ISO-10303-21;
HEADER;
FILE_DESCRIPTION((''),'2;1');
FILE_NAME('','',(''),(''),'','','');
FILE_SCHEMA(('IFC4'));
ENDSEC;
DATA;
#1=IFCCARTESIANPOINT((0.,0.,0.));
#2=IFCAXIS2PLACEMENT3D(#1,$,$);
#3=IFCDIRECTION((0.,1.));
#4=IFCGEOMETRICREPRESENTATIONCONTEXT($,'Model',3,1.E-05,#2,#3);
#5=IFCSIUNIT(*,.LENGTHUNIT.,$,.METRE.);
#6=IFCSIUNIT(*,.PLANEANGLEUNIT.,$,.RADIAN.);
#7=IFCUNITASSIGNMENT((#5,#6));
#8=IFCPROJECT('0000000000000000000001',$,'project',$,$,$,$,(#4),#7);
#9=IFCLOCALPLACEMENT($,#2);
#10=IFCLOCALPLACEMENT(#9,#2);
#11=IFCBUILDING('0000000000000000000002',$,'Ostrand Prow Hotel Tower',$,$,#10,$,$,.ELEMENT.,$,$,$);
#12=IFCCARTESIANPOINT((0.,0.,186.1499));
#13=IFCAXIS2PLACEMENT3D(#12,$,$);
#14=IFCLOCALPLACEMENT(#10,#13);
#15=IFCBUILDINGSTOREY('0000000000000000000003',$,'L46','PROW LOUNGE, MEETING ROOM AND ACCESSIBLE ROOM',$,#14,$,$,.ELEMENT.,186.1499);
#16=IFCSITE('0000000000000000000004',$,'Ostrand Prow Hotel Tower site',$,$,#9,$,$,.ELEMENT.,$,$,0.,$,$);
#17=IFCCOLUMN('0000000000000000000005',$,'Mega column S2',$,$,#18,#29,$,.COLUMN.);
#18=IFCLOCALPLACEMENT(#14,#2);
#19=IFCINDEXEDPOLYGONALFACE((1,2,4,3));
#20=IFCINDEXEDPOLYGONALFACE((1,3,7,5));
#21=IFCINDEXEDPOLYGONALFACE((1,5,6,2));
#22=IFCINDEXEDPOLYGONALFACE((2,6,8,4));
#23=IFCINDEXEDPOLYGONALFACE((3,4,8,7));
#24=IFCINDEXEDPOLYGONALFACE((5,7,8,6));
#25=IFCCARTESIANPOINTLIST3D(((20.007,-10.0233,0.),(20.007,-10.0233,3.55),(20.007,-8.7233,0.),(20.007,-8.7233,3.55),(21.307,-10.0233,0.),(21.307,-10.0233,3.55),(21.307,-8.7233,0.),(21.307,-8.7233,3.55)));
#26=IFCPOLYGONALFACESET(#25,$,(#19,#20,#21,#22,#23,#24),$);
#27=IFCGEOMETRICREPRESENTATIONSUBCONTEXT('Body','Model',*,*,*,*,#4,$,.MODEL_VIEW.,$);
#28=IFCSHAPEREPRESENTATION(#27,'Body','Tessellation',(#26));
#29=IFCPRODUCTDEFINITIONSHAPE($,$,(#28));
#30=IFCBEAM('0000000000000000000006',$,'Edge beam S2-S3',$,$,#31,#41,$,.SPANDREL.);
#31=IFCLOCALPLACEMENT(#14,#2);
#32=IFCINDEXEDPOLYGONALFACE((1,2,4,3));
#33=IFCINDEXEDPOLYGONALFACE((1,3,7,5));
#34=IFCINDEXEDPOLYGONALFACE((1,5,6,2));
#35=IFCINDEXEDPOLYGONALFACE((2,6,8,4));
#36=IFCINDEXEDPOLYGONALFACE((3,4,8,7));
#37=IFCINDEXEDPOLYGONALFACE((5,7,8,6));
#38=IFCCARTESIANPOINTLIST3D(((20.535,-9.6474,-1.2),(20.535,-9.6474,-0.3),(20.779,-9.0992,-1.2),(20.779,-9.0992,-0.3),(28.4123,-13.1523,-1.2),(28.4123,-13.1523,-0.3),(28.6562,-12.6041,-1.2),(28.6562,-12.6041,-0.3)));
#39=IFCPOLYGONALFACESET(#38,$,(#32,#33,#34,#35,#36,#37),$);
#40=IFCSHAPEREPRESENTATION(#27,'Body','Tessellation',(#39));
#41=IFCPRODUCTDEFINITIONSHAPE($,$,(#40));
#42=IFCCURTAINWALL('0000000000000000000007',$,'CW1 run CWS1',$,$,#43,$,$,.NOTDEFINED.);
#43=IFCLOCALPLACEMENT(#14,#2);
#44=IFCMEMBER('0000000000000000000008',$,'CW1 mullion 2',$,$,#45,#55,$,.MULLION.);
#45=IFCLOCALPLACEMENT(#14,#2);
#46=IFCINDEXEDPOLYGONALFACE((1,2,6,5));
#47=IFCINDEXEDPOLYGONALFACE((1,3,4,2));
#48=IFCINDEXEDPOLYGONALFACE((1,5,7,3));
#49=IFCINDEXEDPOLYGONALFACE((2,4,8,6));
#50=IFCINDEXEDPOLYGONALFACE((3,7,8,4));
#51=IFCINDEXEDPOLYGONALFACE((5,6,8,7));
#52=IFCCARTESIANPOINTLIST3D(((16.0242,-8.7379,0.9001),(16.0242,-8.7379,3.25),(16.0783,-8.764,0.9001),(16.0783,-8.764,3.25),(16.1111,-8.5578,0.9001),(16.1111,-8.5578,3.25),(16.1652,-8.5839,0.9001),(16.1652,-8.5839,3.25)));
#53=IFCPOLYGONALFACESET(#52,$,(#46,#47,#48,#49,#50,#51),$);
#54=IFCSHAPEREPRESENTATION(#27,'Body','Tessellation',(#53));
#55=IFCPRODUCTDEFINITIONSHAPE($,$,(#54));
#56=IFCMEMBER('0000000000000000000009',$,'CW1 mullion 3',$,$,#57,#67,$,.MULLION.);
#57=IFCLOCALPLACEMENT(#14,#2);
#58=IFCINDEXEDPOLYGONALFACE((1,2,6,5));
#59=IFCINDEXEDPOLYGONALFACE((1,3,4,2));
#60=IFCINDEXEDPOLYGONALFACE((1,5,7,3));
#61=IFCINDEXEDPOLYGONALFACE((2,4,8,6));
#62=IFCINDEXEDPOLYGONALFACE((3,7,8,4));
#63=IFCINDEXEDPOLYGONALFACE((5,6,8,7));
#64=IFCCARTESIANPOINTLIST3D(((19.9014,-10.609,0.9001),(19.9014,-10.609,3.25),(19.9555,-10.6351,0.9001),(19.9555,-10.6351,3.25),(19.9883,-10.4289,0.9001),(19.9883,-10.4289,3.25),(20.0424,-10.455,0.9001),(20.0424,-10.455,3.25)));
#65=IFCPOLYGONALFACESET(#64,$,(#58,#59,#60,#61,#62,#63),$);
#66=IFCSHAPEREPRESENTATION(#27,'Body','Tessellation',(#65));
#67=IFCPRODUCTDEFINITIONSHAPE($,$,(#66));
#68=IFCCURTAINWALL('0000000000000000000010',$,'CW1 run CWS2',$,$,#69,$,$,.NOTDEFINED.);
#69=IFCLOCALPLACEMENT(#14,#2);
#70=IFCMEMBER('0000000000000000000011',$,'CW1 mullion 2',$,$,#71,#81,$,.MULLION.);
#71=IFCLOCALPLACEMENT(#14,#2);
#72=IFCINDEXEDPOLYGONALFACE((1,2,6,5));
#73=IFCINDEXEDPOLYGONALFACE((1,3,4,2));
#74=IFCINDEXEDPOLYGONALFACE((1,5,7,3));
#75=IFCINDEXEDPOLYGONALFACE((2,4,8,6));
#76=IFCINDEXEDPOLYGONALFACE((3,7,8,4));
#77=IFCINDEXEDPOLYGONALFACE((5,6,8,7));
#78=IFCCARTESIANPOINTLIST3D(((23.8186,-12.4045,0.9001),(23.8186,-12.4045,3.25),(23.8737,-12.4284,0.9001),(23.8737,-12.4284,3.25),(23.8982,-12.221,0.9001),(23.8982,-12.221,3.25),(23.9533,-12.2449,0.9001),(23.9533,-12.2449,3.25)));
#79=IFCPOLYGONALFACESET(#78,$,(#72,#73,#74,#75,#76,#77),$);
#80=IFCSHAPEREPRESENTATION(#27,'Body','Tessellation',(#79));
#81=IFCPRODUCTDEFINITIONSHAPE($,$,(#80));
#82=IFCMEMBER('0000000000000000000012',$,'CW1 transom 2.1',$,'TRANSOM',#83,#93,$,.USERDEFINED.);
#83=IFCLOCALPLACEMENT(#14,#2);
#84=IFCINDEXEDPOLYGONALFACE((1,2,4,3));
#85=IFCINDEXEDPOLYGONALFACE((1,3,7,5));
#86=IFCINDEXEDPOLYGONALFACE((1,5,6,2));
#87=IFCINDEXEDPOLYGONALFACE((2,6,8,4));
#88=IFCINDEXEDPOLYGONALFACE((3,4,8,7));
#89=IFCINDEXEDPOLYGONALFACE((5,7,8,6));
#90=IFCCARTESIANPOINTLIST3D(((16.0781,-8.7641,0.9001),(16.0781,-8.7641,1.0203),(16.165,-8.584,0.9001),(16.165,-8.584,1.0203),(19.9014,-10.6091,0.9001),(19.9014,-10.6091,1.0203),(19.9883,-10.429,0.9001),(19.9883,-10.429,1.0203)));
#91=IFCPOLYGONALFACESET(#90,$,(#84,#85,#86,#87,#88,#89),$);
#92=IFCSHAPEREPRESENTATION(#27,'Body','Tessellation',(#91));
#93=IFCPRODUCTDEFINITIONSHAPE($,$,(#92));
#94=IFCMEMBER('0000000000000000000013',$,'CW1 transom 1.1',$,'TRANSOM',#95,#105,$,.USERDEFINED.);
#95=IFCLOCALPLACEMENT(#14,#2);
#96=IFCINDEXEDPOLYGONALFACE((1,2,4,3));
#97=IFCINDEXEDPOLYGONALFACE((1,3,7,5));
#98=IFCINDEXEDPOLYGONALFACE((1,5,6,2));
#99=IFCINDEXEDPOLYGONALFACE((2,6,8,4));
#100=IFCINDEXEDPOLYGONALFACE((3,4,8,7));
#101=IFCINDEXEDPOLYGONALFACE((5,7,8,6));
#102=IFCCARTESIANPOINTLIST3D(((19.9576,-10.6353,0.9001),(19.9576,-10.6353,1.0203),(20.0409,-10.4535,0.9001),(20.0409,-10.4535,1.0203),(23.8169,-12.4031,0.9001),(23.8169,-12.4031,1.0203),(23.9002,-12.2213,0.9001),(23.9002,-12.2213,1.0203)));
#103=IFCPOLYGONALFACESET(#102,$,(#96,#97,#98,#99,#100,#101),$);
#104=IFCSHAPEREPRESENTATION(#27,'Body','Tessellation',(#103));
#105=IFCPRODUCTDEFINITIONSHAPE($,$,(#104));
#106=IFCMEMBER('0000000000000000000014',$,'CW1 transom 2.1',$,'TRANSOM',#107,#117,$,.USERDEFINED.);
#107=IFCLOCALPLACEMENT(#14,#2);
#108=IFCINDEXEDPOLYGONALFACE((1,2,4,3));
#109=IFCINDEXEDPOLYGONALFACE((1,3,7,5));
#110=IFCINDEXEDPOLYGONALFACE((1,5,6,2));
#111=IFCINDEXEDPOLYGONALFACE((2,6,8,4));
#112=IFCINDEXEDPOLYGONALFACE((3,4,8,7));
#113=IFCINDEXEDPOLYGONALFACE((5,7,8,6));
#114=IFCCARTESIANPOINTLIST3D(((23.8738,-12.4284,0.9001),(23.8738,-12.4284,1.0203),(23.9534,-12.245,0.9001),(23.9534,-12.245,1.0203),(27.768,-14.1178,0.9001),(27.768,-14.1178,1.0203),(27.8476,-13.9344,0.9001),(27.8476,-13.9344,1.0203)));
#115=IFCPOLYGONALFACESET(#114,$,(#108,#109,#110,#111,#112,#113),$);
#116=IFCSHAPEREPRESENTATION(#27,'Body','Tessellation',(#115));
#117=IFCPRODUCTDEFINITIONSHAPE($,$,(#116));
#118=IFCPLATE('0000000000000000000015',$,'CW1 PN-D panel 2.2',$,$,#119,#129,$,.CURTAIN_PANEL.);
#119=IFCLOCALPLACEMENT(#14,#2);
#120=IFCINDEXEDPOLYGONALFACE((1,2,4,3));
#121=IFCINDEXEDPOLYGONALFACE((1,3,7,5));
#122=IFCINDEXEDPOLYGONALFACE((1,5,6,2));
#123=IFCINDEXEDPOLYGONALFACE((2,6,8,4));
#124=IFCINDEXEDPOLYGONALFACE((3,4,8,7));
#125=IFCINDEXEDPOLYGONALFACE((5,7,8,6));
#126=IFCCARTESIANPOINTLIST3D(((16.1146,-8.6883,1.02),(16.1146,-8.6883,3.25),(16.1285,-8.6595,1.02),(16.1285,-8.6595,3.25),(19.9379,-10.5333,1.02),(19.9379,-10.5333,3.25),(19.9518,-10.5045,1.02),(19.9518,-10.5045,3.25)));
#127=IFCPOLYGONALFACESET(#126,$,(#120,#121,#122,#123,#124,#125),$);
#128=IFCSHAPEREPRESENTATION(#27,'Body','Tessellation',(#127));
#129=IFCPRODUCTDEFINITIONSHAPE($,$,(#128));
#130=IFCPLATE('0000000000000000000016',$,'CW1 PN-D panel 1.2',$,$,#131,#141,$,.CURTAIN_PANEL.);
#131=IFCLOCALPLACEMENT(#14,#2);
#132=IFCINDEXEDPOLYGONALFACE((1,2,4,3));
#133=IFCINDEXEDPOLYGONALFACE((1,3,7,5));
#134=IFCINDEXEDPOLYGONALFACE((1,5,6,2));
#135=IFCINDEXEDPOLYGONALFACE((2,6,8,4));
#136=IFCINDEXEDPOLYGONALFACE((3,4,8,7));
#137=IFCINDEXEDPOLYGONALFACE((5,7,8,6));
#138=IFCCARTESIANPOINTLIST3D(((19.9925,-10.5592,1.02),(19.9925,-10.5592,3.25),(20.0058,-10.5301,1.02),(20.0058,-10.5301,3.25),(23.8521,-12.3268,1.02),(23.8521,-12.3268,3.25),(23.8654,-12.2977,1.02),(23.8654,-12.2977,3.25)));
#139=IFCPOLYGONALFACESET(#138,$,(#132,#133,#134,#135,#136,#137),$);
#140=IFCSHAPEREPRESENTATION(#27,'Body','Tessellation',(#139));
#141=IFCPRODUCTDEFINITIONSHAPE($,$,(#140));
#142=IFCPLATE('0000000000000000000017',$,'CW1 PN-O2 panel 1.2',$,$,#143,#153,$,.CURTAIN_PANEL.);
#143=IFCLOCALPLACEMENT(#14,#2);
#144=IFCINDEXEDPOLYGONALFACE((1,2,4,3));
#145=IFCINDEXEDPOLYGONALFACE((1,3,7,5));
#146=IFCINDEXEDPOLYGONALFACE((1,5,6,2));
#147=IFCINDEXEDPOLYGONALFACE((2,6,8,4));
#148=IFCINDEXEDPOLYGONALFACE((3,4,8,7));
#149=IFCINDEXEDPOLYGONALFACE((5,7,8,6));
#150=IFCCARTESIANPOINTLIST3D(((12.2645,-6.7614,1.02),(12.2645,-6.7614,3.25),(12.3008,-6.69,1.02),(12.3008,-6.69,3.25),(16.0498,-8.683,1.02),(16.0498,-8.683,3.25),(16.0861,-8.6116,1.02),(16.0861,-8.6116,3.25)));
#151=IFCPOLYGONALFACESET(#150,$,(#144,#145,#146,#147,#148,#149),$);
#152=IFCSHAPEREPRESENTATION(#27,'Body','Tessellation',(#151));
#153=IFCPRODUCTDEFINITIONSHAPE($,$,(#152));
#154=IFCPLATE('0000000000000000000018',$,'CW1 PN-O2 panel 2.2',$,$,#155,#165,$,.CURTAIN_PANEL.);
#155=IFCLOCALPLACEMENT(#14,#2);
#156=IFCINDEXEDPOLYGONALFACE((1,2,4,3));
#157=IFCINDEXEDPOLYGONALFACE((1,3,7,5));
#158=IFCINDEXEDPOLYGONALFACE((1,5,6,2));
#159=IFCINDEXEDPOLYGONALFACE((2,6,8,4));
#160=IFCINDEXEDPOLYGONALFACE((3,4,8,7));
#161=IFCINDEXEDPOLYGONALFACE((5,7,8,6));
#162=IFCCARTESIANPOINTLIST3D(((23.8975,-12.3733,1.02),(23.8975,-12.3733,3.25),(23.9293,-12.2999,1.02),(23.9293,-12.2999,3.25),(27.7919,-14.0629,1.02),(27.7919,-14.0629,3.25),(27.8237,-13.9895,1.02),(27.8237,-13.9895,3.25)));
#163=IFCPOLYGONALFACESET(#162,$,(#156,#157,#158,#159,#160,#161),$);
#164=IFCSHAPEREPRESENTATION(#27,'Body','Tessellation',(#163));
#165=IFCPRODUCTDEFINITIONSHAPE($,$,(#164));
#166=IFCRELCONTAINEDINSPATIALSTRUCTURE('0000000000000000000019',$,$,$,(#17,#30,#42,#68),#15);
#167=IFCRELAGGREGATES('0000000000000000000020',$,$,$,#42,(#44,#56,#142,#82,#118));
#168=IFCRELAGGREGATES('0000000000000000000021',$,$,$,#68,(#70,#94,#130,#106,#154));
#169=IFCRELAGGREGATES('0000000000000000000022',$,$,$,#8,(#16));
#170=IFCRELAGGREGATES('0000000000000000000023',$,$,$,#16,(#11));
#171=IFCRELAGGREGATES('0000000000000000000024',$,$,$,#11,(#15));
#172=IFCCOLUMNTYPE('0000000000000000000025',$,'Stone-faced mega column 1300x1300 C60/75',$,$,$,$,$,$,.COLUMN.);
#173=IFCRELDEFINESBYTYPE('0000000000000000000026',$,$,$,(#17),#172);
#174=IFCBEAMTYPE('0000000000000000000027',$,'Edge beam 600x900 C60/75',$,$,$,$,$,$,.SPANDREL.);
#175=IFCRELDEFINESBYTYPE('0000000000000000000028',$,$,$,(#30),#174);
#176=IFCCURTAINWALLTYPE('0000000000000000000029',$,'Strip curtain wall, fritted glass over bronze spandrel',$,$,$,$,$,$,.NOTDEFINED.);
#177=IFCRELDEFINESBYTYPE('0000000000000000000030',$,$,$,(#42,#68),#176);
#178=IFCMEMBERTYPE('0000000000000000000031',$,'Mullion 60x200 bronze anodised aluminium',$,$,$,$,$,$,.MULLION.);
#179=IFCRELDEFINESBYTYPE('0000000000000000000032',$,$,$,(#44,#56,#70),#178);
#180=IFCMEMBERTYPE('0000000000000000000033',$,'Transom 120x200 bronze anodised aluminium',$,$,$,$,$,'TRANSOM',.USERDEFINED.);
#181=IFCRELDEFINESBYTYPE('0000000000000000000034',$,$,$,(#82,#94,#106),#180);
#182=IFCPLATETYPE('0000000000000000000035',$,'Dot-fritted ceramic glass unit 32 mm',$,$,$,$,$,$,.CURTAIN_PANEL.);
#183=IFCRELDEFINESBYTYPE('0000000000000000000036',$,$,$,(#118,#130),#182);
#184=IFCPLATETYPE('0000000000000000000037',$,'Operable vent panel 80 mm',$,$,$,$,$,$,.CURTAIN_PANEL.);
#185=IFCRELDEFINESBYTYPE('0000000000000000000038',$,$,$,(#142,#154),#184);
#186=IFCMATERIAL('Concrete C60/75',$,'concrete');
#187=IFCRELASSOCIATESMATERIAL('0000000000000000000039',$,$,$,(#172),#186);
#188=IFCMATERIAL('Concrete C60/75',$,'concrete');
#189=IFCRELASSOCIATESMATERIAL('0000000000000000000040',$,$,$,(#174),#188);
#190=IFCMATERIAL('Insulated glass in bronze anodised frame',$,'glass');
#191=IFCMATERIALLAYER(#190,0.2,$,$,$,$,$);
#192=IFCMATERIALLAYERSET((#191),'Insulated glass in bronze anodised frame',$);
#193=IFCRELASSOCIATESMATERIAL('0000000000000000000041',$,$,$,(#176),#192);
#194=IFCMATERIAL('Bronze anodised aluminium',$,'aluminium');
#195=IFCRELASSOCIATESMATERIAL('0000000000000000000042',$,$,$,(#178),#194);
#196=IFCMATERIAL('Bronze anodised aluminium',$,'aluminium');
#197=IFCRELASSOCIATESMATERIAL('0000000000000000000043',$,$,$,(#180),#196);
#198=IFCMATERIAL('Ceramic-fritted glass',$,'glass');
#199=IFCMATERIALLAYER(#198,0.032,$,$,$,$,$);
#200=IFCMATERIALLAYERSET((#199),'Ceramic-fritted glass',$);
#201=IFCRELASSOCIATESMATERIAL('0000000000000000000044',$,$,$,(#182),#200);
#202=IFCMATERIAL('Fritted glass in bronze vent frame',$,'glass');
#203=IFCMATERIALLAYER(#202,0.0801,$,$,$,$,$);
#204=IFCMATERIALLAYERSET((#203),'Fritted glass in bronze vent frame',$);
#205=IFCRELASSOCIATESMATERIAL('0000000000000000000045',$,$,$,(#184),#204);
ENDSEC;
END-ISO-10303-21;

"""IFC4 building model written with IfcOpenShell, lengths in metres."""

from ifc_helpers import new_model, si_unit, direction, frame, origin, origin_2d, place, context, subcontext, project, spatial, rectangle, extrude, material, layer, layer_set, material_profile, profile_set, type_object, element, aggregate, save


model = new_model("IFC4")

# Units and contexts
model_context = context("Model", 3, precision=1e-05, world=origin(), true_north=direction((0.0, 1.0)))
body_context = subcontext(model_context, "Body", "Model", "MODEL_VIEW")
ifc_project = project(units=[si_unit("LENGTHUNIT", "METRE"), si_unit("PLANEANGLEUNIT", "RADIAN")], contexts=[model_context])

# Site, building, storey
site_placement = place(None, origin())
site = spatial("IfcSite", under=ifc_project, at=site_placement, Name="Ostrand Prow Hotel Tower site", CompositionType="ELEMENT", RefElevation=0.0)
building_placement = place(site_placement, origin())
building = spatial("IfcBuilding", under=site, at=building_placement, Name="Ostrand Prow Hotel Tower", CompositionType="ELEMENT")
storey_placement = place(building_placement, frame((0.0, 0.0, 186.1499)))
storey = spatial("IfcBuildingStorey", under=building, at=storey_placement, Name="L46", Description="PROW LOUNGE, MEETING ROOM AND ACCESSIBLE ROOM", CompositionType="ELEMENT", Elevation=186.1499)

# Column
ifc_material_1 = material(Name="Concrete C60/75", Category="concrete")
ifc_material_profile_1 = material_profile(ifc_material_1, rectangle(XDim=1.3, YDim=1.3, at=origin_2d()), Name="RC 1300x1300")
ifc_profile_set_1 = profile_set([ifc_material_profile_1], Name="Concrete C60/75")
column_type = type_object("IfcColumnType", Name="Stone-faced mega column 1300x1300 C60/75", PredefinedType="COLUMN", material=ifc_profile_set_1)
column_placement = place(storey_placement, frame((20.657, -9.3733, 0.0), z_axis=(0.0, 0.0, 1.0), x_axis=(1.0, 0.0, 0.0)))
element("IfcColumn", 1, at=column_placement, inside=storey, type_object=column_type, Name="Mega column S2", PredefinedType="COLUMN", context=body_context, shape_type="SweptSolid", body=[
    extrude(rectangle(XDim=1.3, YDim=1.3, at=origin_2d()), origin(), (0.0, 0.0, 1.0), 3.55),
])

# Beam
ifc_material_2 = material(Name="Concrete C60/75", Category="concrete")
ifc_material_profile_2 = material_profile(ifc_material_2, rectangle(XDim=0.6001, YDim=0.8999, at=origin_2d()), Name="RC 600x900")
ifc_profile_set_2 = profile_set([ifc_material_profile_2], Name="Concrete C60/75")
beam_type = type_object("IfcBeamType", Name="Edge beam 600x900 C60/75", PredefinedType="SPANDREL", material=ifc_profile_set_2)
beam_placement = place(storey_placement, frame((20.657, -9.3733, -0.75), z_axis=(0.913643, -0.406517, 0.0), x_axis=(0.406517, 0.913643, 0.0)))
element("IfcBeam", 2, at=beam_placement, inside=storey, type_object=beam_type, Name="Edge beam S2-S3", PredefinedType="SPANDREL", context=body_context, shape_type="SweptSolid", body=[
    extrude(rectangle(XDim=0.6001, YDim=0.8999, at=origin_2d()), origin(), (0.0, 0.0, 1.0), 8.6218),
])

# Curtain wall, members
ifc_material_3 = material(Name="Insulated glass in bronze anodised frame", Category="glass")
ifc_layer_1 = layer(ifc_material_3, 0.2)
ifc_layer_set_1 = layer_set([ifc_layer_1], Name="Insulated glass in bronze anodised frame")
curtain_wall_type = type_object("IfcCurtainWallType", Name="Strip curtain wall, fritted glass over bronze spandrel", PredefinedType="NOTDEFINED", material=ifc_layer_set_1)
curtain_wall_1_placement = place(storey_placement, origin())
curtain_wall_1 = element("IfcCurtainWall", 3, at=curtain_wall_1_placement, inside=storey, type_object=curtain_wall_type, Name="CW1 run CWS1", PredefinedType="NOTDEFINED")
ifc_material_4 = material(Name="Bronze anodised aluminium", Category="aluminium")
ifc_material_profile_3 = material_profile(ifc_material_4, rectangle(XDim=0.2, YDim=0.0601, at=origin_2d()), Name="Mullion 60x200 bronze anodised aluminium")
ifc_profile_set_3 = profile_set([ifc_material_profile_3], Name="Bronze anodised aluminium")
member_type_1 = type_object("IfcMemberType", Name="Mullion 60x200 bronze anodised aluminium", PredefinedType="MULLION", material=ifc_profile_set_3)
member_1_placement = place(storey_placement, frame((16.0947, -8.6609, 0.9001), z_axis=(0.0, 0.0, 1.0), x_axis=(0.434615, 0.900616, 0.0)))
member_1 = element("IfcMember", 4, at=member_1_placement, type_object=member_type_1, Name="CW1 mullion 2", PredefinedType="MULLION", context=body_context, shape_type="SweptSolid", body=[
    extrude(rectangle(XDim=0.2, YDim=0.0601, at=origin_2d()), origin(), (0.0, 0.0, 1.0), 2.3499),
])
member_2_placement = place(storey_placement, frame((19.9719, -10.532, 0.9001), z_axis=(0.0, 0.0, 1.0), x_axis=(0.434615, 0.900616, 0.0)))
member_2 = element("IfcMember", 5, at=member_2_placement, type_object=member_type_1, Name="CW1 mullion 3", PredefinedType="MULLION", context=body_context, shape_type="SweptSolid", body=[
    extrude(rectangle(XDim=0.2, YDim=0.0601, at=origin_2d()), origin(), (0.0, 0.0, 1.0), 2.3499),
])

# Curtain wall, member
curtain_wall_2_placement = place(storey_placement, origin())
curtain_wall_2 = element("IfcCurtainWall", 6, at=curtain_wall_2_placement, inside=storey, type_object=curtain_wall_type, Name="CW1 run CWS2", PredefinedType="NOTDEFINED")
member_3_placement = place(storey_placement, frame((23.886, -12.3247, 0.9001), z_axis=(0.0, 0.0, 1.0), x_axis=(0.398005, 0.917383, 0.0)))
member_3 = element("IfcMember", 7, at=member_3_placement, type_object=member_type_1, Name="CW1 mullion 2", PredefinedType="MULLION", context=body_context, shape_type="SweptSolid", body=[
    extrude(rectangle(XDim=0.2, YDim=0.0601, at=origin_2d()), origin(), (0.0, 0.0, 1.0), 2.3499),
])

# Members
ifc_material_5 = material(Name="Bronze anodised aluminium", Category="aluminium")
ifc_material_profile_4 = material_profile(ifc_material_5, rectangle(XDim=0.2, YDim=0.1201, at=origin_2d()), Name="Transom 120x200 bronze anodised aluminium")
ifc_profile_set_4 = profile_set([ifc_material_profile_4], Name="Bronze anodised aluminium")
member_type_2 = type_object("IfcMemberType", Name="Transom 120x200 bronze anodised aluminium", ElementType="TRANSOM", PredefinedType="USERDEFINED", material=ifc_profile_set_4)
member_4_placement = place(storey_placement, frame((16.1216, -8.6741, 0.9602), z_axis=(0.900619, -0.434609, 0.0), x_axis=(0.434609, 0.900619, 0.0)))
member_4 = element("IfcMember", 8, at=member_4_placement, type_object=member_type_2, Name="CW1 transom 2.1", ObjectType="TRANSOM", PredefinedType="USERDEFINED", context=body_context, shape_type="SweptSolid", body=[
    extrude(rectangle(XDim=0.2, YDim=0.1201, at=origin_2d()), origin(), (0.0, 0.0, 1.0), 4.2451),
])
member_5_placement = place(storey_placement, frame((19.9993, -10.5444, 0.9602), z_axis=(0.909159, -0.416449, 0.0), x_axis=(0.416449, 0.909159, 0.0)))
member_5 = element("IfcMember", 9, at=member_5_placement, type_object=member_type_2, Name="CW1 transom 1.1", ObjectType="TRANSOM", PredefinedType="USERDEFINED", context=body_context, shape_type="SweptSolid", body=[
    extrude(rectangle(XDim=0.2, YDim=0.1201, at=origin_2d()), origin(), (0.0, 0.0, 1.0), 4.2449),
])
member_6_placement = place(storey_placement, frame((23.9136, -12.3367, 0.9602), z_axis=(0.91739, -0.39799, 0.0), x_axis=(0.39799, 0.91739, 0.0)))
member_6 = element("IfcMember", 10, at=member_6_placement, type_object=member_type_2, Name="CW1 transom 2.1", ObjectType="TRANSOM", PredefinedType="USERDEFINED", context=body_context, shape_type="SweptSolid", body=[
    extrude(rectangle(XDim=0.2, YDim=0.1201, at=origin_2d()), origin(), (0.0, 0.0, 1.0), 4.2449),
])

# Plates
ifc_material_6 = material(Name="Ceramic-fritted glass", Category="glass")
ifc_layer_2 = layer(ifc_material_6, 0.032)
ifc_layer_set_2 = layer_set([ifc_layer_2], Name="Ceramic-fritted glass")
plate_type_1 = type_object("IfcPlateType", Name="Dot-fritted ceramic glass unit 32 mm", PredefinedType="CURTAIN_PANEL", material=ifc_layer_set_2)
plate_1_placement = place(storey_placement, frame((18.0332, -9.5964, 1.02), z_axis=(0.0, 0.0, 1.0), x_axis=(0.900616, -0.434615, 0.0)))
plate_1 = element("IfcPlate", 11, at=plate_1_placement, type_object=plate_type_1, Name="CW1 PN-D panel 2.2", PredefinedType="CURTAIN_PANEL", context=body_context, shape_type="SweptSolid", body=[
    extrude(rectangle(XDim=4.2451, YDim=0.032, at=origin_2d()), origin(), (0.0, 0.0, 1.0), 2.23),
])
plate_2_placement = place(storey_placement, frame((21.929, -11.4285, 1.02), z_axis=(0.0, 0.0, 1.0), x_axis=(0.909185, -0.416393, 0.0)))
plate_2 = element("IfcPlate", 12, at=plate_2_placement, type_object=plate_type_1, Name="CW1 PN-D panel 1.2", PredefinedType="CURTAIN_PANEL", context=body_context, shape_type="SweptSolid", body=[
    extrude(rectangle(XDim=4.2451, YDim=0.032, at=origin_2d()), origin(), (0.0, 0.0, 1.0), 2.23),
])
ifc_material_7 = material(Name="Fritted glass in bronze vent frame", Category="glass")
ifc_layer_3 = layer(ifc_material_7, 0.0801)
ifc_layer_set_3 = layer_set([ifc_layer_3], Name="Fritted glass in bronze vent frame")
plate_type_2 = type_object("IfcPlateType", Name="Operable vent panel 80 mm", PredefinedType="CURTAIN_PANEL", material=ifc_layer_set_3)
plate_3_placement = place(storey_placement, frame((14.1753, -7.6865, 1.02), z_axis=(0.0, 0.0, 1.0), x_axis=(0.891684, -0.452659, 0.0)))
plate_3 = element("IfcPlate", 13, at=plate_3_placement, type_object=plate_type_2, Name="CW1 PN-O2 panel 1.2", PredefinedType="CURTAIN_PANEL", context=body_context, shape_type="SweptSolid", body=[
    extrude(rectangle(XDim=4.2451, YDim=0.0801, at=origin_2d()), origin(), (0.0, 0.0, 1.0), 2.23),
])
aggregate(curtain_wall_1, [member_1, member_2, plate_3, member_4, plate_1])
plate_4_placement = place(storey_placement, frame((25.8606, -13.1814, 1.02), z_axis=(0.0, 0.0, 1.0), x_axis=(0.917383, -0.398005, 0.0)))
plate_4 = element("IfcPlate", 14, at=plate_4_placement, type_object=plate_type_2, Name="CW1 PN-O2 panel 2.2", PredefinedType="CURTAIN_PANEL", context=body_context, shape_type="SweptSolid", body=[
    extrude(rectangle(XDim=4.2451, YDim=0.0801, at=origin_2d()), origin(), (0.0, 0.0, 1.0), 2.23),
])
aggregate(curtain_wall_2, [member_3, member_5, plate_2, member_6, plate_4])

save(model, "model.ifc")
